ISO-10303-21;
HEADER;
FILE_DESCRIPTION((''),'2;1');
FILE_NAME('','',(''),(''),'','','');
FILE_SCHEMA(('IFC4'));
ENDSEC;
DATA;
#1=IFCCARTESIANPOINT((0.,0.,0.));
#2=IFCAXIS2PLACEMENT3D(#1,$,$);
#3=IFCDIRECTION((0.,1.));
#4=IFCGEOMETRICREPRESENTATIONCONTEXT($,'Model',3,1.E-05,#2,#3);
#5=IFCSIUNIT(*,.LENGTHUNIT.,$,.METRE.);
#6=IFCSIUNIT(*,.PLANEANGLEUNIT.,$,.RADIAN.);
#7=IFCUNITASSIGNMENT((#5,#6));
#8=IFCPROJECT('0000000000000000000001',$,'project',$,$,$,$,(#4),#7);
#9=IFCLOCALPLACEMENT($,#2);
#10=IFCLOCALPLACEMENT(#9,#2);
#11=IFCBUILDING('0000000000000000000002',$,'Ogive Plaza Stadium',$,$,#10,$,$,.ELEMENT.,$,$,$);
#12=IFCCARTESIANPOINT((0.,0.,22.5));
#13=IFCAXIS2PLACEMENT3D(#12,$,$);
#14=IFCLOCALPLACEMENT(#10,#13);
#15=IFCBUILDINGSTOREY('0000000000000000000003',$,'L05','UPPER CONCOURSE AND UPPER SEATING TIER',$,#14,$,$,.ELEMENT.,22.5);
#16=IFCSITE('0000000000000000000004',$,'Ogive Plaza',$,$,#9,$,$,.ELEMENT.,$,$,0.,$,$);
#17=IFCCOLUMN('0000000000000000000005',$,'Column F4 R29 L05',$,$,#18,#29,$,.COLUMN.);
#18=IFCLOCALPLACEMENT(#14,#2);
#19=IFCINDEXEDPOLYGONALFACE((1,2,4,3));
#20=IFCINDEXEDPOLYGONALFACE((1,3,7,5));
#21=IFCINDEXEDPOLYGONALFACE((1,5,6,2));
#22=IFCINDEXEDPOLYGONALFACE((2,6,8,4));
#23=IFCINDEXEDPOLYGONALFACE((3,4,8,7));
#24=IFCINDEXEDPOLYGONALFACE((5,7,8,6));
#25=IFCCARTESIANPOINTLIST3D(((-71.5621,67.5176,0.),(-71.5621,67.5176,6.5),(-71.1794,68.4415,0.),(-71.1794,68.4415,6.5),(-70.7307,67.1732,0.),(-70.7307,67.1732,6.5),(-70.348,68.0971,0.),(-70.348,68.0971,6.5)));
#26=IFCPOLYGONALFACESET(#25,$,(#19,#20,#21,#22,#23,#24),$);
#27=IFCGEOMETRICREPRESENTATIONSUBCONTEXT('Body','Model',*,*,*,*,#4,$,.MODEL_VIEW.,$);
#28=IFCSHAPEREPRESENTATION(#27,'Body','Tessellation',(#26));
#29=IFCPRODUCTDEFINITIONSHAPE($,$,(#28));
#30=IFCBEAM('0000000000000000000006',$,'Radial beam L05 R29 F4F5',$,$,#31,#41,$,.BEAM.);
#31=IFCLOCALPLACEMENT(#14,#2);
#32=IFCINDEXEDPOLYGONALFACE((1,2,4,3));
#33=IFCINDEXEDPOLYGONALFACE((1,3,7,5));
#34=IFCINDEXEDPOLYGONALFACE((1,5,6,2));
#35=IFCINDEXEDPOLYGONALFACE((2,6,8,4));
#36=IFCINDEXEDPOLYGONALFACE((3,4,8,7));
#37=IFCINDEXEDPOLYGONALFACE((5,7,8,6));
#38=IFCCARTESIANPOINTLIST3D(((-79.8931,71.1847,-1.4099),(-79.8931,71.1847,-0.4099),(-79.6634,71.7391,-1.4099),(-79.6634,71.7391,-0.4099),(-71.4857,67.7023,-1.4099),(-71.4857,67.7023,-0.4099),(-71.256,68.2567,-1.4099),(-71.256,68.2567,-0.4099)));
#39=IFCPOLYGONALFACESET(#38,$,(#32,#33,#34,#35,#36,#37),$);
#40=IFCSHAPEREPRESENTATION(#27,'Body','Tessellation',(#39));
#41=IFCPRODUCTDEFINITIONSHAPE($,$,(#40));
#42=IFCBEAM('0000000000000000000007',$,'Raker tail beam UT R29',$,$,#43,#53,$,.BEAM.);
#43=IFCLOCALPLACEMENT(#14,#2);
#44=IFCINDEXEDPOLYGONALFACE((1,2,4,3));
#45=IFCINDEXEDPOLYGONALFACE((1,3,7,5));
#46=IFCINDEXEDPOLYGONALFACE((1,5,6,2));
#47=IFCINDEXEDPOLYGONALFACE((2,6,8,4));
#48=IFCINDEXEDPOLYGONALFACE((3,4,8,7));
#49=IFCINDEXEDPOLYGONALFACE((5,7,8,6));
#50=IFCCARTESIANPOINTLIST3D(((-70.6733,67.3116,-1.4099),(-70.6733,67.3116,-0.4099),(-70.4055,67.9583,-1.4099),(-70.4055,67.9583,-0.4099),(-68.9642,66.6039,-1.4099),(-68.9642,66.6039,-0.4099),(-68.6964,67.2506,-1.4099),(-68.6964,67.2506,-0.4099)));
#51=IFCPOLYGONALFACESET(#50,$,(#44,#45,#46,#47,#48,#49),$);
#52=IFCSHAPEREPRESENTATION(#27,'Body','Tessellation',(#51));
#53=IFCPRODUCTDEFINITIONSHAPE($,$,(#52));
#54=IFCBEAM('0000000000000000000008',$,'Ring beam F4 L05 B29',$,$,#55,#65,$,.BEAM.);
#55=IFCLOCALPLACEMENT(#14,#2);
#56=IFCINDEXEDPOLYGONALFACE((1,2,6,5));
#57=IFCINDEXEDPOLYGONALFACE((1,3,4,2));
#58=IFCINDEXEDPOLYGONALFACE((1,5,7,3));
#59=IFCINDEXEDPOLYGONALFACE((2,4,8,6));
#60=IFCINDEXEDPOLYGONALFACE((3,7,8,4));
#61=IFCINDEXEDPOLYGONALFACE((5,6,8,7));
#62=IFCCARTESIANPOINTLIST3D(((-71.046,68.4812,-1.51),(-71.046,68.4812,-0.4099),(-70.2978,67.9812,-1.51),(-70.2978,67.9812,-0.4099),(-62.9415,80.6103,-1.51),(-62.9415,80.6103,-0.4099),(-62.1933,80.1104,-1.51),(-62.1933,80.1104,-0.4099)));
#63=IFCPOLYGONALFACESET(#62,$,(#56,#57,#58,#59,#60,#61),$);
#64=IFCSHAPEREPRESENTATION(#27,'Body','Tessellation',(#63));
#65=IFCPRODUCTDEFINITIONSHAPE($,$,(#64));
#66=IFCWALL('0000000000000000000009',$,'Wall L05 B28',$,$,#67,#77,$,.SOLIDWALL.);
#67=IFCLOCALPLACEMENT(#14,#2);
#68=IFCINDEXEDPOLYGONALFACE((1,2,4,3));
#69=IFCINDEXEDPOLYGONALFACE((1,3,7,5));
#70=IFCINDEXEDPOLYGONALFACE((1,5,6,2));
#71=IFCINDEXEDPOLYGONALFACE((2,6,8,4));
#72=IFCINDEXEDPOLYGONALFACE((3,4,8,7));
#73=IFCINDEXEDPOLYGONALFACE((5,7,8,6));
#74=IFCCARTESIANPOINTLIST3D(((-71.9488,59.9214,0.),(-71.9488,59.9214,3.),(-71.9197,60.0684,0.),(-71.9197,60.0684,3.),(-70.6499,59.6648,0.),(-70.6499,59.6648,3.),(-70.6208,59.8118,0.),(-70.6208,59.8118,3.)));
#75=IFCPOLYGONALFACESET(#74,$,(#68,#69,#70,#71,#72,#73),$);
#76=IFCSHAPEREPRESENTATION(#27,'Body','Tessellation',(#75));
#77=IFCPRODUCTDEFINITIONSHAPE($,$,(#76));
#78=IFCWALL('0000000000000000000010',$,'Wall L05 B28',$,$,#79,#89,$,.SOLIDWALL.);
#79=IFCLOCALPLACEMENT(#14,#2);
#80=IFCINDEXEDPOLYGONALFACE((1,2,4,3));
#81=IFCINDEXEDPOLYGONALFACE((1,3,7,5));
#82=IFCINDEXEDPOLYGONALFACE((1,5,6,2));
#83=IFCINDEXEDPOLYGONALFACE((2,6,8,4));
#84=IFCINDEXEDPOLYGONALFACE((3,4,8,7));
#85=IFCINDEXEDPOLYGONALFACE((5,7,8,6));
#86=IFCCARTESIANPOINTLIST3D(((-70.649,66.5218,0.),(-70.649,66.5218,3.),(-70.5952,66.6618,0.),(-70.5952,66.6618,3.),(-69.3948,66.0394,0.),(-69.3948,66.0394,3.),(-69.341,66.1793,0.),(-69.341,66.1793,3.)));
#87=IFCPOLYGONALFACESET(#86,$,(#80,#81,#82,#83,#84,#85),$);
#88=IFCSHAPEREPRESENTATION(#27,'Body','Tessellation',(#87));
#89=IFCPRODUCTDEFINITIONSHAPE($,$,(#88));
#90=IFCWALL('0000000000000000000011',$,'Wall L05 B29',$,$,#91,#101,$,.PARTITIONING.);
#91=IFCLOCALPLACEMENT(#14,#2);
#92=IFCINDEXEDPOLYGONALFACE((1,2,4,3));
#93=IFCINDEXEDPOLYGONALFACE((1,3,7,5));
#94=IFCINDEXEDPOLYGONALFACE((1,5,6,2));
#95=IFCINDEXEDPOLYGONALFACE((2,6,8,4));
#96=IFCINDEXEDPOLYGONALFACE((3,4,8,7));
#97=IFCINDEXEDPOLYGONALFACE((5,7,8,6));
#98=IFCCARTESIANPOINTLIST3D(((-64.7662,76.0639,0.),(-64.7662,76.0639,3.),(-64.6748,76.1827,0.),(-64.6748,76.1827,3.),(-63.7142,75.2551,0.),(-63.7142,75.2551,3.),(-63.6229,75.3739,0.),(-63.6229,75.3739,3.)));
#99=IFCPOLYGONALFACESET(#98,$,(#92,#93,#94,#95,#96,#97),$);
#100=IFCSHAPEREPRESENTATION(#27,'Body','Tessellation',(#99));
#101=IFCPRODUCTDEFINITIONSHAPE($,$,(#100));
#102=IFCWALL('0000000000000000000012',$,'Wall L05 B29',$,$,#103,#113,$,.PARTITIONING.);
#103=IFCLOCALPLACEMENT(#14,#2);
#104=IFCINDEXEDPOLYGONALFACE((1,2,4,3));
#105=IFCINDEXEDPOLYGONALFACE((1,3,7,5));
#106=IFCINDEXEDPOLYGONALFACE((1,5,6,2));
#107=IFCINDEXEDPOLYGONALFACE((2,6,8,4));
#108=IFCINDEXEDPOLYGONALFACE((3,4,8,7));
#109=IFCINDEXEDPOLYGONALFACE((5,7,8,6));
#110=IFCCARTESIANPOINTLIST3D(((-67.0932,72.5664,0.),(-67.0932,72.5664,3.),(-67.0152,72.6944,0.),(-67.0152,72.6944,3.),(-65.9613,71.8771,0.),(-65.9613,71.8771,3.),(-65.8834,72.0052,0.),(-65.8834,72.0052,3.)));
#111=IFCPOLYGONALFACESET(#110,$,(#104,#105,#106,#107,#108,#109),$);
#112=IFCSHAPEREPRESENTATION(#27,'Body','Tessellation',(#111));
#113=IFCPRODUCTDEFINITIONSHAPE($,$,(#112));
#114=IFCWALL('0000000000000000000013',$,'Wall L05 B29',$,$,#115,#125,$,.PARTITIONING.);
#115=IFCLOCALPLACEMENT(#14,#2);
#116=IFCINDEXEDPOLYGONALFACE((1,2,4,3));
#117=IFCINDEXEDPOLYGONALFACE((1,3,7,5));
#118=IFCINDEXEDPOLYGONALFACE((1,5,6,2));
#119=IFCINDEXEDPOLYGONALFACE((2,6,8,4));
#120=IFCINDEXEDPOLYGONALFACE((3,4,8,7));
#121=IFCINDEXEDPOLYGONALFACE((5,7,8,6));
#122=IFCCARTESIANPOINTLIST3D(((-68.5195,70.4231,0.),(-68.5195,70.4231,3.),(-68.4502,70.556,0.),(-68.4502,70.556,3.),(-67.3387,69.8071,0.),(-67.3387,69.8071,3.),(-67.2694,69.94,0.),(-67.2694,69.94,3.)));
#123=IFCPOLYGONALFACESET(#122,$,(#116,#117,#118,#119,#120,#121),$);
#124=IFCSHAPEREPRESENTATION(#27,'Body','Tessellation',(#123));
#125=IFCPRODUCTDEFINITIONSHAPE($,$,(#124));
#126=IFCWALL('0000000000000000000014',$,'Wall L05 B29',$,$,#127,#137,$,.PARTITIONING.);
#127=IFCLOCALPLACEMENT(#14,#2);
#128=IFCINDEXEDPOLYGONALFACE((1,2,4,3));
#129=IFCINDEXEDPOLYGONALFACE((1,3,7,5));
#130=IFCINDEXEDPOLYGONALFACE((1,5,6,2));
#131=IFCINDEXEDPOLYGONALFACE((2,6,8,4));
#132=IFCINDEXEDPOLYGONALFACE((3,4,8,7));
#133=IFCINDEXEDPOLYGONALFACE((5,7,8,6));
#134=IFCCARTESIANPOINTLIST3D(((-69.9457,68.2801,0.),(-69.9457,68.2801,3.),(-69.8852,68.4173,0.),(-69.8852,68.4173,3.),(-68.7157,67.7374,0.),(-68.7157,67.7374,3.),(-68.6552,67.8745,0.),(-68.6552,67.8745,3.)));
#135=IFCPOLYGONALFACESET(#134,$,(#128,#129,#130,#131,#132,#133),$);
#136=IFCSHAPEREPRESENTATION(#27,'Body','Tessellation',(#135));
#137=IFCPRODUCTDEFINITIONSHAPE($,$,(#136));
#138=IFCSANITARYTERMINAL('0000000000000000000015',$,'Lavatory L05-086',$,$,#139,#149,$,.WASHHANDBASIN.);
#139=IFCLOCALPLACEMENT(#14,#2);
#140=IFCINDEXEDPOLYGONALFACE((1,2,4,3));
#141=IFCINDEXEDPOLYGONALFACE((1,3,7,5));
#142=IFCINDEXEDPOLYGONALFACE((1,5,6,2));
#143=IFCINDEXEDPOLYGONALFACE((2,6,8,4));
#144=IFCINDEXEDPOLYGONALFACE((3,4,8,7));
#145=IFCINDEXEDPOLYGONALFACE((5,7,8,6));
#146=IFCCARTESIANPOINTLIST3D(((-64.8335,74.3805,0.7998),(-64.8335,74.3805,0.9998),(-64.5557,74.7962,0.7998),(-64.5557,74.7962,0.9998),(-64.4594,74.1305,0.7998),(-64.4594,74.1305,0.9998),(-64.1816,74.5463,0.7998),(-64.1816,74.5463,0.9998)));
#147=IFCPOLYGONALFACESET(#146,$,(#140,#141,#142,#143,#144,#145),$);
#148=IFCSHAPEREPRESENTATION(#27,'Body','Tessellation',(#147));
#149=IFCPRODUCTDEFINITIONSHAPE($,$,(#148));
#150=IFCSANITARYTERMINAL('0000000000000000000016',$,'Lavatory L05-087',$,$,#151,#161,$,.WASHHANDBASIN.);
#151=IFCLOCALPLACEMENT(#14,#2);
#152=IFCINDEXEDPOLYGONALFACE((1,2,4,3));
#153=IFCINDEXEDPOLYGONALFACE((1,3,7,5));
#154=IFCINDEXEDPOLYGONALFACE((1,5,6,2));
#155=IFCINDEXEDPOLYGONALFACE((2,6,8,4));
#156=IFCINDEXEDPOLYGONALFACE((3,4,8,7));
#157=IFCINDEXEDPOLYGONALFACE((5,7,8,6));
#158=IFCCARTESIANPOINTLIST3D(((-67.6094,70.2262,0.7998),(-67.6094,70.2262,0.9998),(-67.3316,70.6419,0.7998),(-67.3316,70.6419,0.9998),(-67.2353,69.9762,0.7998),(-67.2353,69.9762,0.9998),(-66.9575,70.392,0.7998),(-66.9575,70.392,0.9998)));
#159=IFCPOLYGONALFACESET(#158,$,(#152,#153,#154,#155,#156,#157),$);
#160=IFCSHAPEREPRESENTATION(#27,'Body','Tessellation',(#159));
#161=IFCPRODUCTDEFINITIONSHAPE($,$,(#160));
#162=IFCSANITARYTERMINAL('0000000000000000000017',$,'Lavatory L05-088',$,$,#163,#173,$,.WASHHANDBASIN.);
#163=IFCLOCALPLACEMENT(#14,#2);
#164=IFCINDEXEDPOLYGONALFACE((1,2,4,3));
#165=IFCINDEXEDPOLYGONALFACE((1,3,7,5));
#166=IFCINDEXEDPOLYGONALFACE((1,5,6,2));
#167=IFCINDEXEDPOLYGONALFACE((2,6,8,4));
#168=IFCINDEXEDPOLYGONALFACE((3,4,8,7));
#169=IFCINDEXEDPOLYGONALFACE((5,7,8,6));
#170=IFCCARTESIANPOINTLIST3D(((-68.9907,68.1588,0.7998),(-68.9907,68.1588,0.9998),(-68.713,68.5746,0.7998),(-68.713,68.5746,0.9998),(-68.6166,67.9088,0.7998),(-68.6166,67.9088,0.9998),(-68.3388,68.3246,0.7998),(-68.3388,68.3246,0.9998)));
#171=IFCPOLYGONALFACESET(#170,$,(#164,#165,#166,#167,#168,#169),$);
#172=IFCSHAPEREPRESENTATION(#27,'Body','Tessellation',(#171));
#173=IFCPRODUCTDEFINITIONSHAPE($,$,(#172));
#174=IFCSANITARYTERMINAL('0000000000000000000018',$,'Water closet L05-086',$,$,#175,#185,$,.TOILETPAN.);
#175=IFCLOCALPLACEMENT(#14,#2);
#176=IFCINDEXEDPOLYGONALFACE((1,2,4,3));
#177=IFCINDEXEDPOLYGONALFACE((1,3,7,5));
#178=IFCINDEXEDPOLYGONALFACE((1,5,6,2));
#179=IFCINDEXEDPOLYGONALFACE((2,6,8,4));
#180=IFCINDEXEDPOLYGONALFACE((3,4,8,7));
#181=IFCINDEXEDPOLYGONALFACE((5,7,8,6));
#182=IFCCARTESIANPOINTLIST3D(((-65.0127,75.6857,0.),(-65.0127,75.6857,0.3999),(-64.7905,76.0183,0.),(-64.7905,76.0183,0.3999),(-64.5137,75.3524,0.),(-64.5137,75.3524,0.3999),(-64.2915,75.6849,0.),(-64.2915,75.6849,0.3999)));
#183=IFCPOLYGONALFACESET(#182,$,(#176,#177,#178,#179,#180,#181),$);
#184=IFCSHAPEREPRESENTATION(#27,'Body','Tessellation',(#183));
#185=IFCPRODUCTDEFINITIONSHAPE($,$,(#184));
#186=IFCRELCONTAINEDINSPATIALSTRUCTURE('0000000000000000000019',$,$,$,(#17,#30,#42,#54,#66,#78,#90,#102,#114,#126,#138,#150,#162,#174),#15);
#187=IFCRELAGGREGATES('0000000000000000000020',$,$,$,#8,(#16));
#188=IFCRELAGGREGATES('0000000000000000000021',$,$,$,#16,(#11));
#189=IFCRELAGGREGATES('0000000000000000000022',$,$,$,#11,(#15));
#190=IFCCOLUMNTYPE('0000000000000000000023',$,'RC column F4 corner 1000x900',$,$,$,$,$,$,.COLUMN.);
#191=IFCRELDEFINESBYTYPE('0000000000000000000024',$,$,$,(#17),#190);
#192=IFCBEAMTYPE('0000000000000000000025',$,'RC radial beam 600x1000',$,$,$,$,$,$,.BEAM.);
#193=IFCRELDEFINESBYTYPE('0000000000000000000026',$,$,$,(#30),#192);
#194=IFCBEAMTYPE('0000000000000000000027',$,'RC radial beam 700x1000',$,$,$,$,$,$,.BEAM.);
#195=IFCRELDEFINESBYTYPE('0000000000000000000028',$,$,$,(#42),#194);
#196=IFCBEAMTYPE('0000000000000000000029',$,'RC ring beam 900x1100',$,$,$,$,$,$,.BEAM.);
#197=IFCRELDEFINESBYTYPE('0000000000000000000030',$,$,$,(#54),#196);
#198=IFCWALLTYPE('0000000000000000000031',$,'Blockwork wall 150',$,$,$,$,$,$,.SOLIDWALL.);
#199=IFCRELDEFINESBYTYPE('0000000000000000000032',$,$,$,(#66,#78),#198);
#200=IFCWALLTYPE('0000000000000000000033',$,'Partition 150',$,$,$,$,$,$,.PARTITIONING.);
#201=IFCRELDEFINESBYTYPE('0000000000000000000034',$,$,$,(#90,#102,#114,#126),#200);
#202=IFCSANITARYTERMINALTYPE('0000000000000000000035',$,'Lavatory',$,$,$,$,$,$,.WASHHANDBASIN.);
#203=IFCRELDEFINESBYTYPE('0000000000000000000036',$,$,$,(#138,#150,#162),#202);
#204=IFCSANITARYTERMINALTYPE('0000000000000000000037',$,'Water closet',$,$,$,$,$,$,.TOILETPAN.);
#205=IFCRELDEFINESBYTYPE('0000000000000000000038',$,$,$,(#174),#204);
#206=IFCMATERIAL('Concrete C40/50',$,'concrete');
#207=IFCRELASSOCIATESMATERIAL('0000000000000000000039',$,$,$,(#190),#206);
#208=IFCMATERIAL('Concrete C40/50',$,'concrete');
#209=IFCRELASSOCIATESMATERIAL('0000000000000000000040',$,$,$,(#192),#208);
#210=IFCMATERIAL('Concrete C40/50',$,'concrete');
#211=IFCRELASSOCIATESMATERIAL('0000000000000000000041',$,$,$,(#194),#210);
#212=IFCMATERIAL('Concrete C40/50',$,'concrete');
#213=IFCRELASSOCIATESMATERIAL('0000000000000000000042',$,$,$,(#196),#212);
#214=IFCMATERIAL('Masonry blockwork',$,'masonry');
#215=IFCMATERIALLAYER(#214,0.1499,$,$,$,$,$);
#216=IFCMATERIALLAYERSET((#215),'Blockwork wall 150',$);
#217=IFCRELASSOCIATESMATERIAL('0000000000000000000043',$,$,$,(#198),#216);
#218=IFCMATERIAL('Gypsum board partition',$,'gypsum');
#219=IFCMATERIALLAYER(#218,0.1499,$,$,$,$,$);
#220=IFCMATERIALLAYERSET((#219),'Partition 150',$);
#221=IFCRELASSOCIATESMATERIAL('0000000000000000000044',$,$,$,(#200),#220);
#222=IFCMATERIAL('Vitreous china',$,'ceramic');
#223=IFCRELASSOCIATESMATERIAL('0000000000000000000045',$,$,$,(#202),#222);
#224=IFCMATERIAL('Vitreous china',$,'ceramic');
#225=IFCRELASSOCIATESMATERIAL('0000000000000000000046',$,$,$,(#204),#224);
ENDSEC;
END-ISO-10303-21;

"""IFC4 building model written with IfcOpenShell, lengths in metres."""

from ifc_helpers import new_model, si_unit, direction, frame, frame_2d, origin, origin_2d, place, context, subcontext, project, spatial, rectangle, extrude, material, layer, layer_set, material_profile, profile_set, type_object, element, save


model = new_model("IFC4")

# Units and contexts
model_context = context("Model", 3, precision=1e-05, world=origin(), true_north=direction((0.0, 1.0)))
body_context = subcontext(model_context, "Body", "Model", "MODEL_VIEW")
ifc_project = project(units=[si_unit("LENGTHUNIT", "METRE"), si_unit("PLANEANGLEUNIT", "RADIAN")], contexts=[model_context])

# Site, building, storey
site_placement = place(None, origin())
site = spatial("IfcSite", under=ifc_project, at=site_placement, Name="Ogive Plaza", CompositionType="ELEMENT", RefElevation=0.0)
building_placement = place(site_placement, origin())
building = spatial("IfcBuilding", under=site, at=building_placement, Name="Ogive Plaza Stadium", CompositionType="ELEMENT")
storey_placement = place(building_placement, frame((0.0, 0.0, 22.5)))
storey = spatial("IfcBuildingStorey", under=building, at=storey_placement, Name="L05", Description="UPPER CONCOURSE AND UPPER SEATING TIER", CompositionType="ELEMENT", Elevation=22.5)

# Column
ifc_material_1 = material(Name="Concrete C40/50", Category="concrete")
ifc_material_profile_1 = material_profile(ifc_material_1, rectangle(XDim=1.0, YDim=0.8999, at=origin_2d()), Name="RC 1000x900")
ifc_profile_set_1 = profile_set([ifc_material_profile_1], Name="Concrete C40/50")
column_type = type_object("IfcColumnType", Name="RC column F4 corner 1000x900", PredefinedType="COLUMN", material=ifc_profile_set_1)
column_placement = place(storey_placement, frame((-70.9551, 67.8074, 0.0), z_axis=(0.0, 0.0, 1.0), x_axis=(-0.382683, -0.92388, 0.0)))
element("IfcColumn", 1, at=column_placement, inside=storey, type_object=column_type, Name="Column F4 R29 L05", PredefinedType="COLUMN", context=body_context, shape_type="SweptSolid", body=[
    extrude(rectangle(XDim=1.0, YDim=0.8999, at=origin_2d()), origin(), (0.0, 0.0, 1.0), 6.5),
])

# Beams
ifc_material_2 = material(Name="Concrete C40/50", Category="concrete")
ifc_material_profile_2 = material_profile(ifc_material_2, rectangle(XDim=0.6001, YDim=1.0, at=origin_2d()), Name="RC 600x1000")
ifc_profile_set_2 = profile_set([ifc_material_profile_2], Name="Concrete C40/50")
beam_type_1 = type_object("IfcBeamType", Name="RC radial beam 600x1000", PredefinedType="BEAM", material=ifc_profile_set_2)
beam_1_placement = place(storey_placement, frame((-71.3708, 67.9795, -0.9099), z_axis=(-0.923882, 0.382677, 0.0), x_axis=(-0.382677, -0.923882, 0.0)))
element("IfcBeam", 2, at=beam_1_placement, inside=storey, type_object=beam_type_1, Name="Radial beam L05 R29 F4F5", PredefinedType="BEAM", context=body_context, shape_type="SweptSolid", body=[
    extrude(rectangle(XDim=0.6001, YDim=1.0, at=origin_2d()), origin(), (0.0, 0.0, 1.0), 9.1001),
])
ifc_material_3 = material(Name="Concrete C40/50", Category="concrete")
ifc_material_profile_3 = material_profile(ifc_material_3, rectangle(XDim=0.7, YDim=1.0, at=origin_2d()), Name="RC 700x1000")
ifc_profile_set_3 = profile_set([ifc_material_profile_3], Name="Concrete C40/50")
beam_type_2 = type_object("IfcBeamType", Name="RC radial beam 700x1000", PredefinedType="BEAM", material=ifc_profile_set_3)
beam_2_placement = place(storey_placement, frame((-68.8303, 66.9272, -0.9099), z_axis=(-0.923922, 0.382581, 0.0), x_axis=(-0.382581, -0.923922, 0.0)))
element("IfcBeam", 3, at=beam_2_placement, inside=storey, type_object=beam_type_2, Name="Raker tail beam UT R29", PredefinedType="BEAM", context=body_context, shape_type="SweptSolid", body=[
    extrude(rectangle(XDim=0.7, YDim=1.0, at=origin_2d()), origin(), (0.0, 0.0, 1.0), 1.8499),
])
ifc_material_4 = material(Name="Concrete C40/50", Category="concrete")
ifc_material_profile_4 = material_profile(ifc_material_4, rectangle(XDim=0.8999, YDim=1.1001, at=origin_2d()), Name="RC 900x1100")
ifc_profile_set_4 = profile_set([ifc_material_profile_4], Name="Concrete C40/50")
beam_type_3 = type_object("IfcBeamType", Name="RC ring beam 900x1100", PredefinedType="BEAM", material=ifc_profile_set_4)
beam_3_placement = place(storey_placement, frame((-70.6719, 68.2312, -0.96), z_axis=(0.555573, 0.831468, 0.0), x_axis=(-0.831468, 0.555573, 0.0)))
element("IfcBeam", 4, at=beam_3_placement, inside=storey, type_object=beam_type_3, Name="Ring beam F4 L05 B29", PredefinedType="BEAM", context=body_context, shape_type="SweptSolid", body=[
    extrude(rectangle(XDim=0.8999, YDim=1.1001, at=origin_2d()), origin(), (0.0, 0.0, 1.0), 14.5876),
])

# Walls
ifc_material_5 = material(Name="Masonry blockwork", Category="masonry")
ifc_layer_1 = layer(ifc_material_5, 0.1499)
ifc_layer_set_1 = layer_set([ifc_layer_1], Name="Blockwork wall 150")
wall_type_1 = type_object("IfcWallType", Name="Blockwork wall 150", PredefinedType="SOLIDWALL", material=ifc_layer_set_1)
wall_1_placement = place(storey_placement, frame((-70.6353, 59.7383, 0.0), z_axis=(0.0, 0.0, 1.0), x_axis=(-0.981039, 0.193811, 0.0)))
element("IfcWall", 5, at=wall_1_placement, inside=storey, type_object=wall_type_1, Name="Wall L05 B28", PredefinedType="SOLIDWALL", context=body_context, shape_type="SweptSolid", body=[
    extrude(rectangle(XDim=1.324, YDim=0.1499, at=frame_2d((0.6621, 0.0))), origin(), (0.0, 0.0, 1.0), 3.0),
])
wall_2_placement = place(storey_placement, frame((-69.3679, 66.1094, 0.0), z_axis=(0.0, 0.0, 1.0), x_axis=(-0.933332, 0.359016, 0.0)))
element("IfcWall", 6, at=wall_2_placement, inside=storey, type_object=wall_type_1, Name="Wall L05 B28", PredefinedType="SOLIDWALL", context=body_context, shape_type="SweptSolid", body=[
    extrude(rectangle(XDim=1.3438, YDim=0.1499, at=frame_2d((0.6719, 0.0))), origin(), (0.0, 0.0, 1.0), 3.0),
])
ifc_material_6 = material(Name="Gypsum board partition", Category="gypsum")
ifc_layer_2 = layer(ifc_material_6, 0.1499)
ifc_layer_set_2 = layer_set([ifc_layer_2], Name="Partition 150")
wall_type_2 = type_object("IfcWallType", Name="Partition 150", PredefinedType="PARTITIONING", material=ifc_layer_set_2)
wall_3_placement = place(storey_placement, frame((-63.6685, 75.3145, 0.0), z_axis=(0.0, 0.0, 1.0), x_axis=(-0.792768, 0.609524, 0.0)))
element("IfcWall", 7, at=wall_3_placement, inside=storey, type_object=wall_type_2, Name="Wall L05 B29", PredefinedType="PARTITIONING", context=body_context, shape_type="SweptSolid", body=[
    extrude(rectangle(XDim=1.3269, YDim=0.1499, at=frame_2d((0.6636, 0.0))), origin(), (0.0, 0.0, 1.0), 3.0),
])
wall_4_placement = place(storey_placement, frame((-65.9224, 71.9412, 0.0), z_axis=(0.0, 0.0, 1.0), x_axis=(-0.85411, 0.520093, 0.0)))
element("IfcWall", 8, at=wall_4_placement, inside=storey, type_object=wall_type_2, Name="Wall L05 B29", PredefinedType="PARTITIONING", context=body_context, shape_type="SweptSolid", body=[
    extrude(rectangle(XDim=1.3252, YDim=0.1499, at=frame_2d((0.6626, 0.0))), origin(), (0.0, 0.0, 1.0), 3.0),
])
wall_5_placement = place(storey_placement, frame((-67.304, 69.8735, 0.0), z_axis=(0.0, 0.0, 1.0), x_axis=(-0.886634, 0.462472, 0.0)))
element("IfcWall", 9, at=wall_5_placement, inside=storey, type_object=wall_type_2, Name="Wall L05 B29", PredefinedType="PARTITIONING", context=body_context, shape_type="SweptSolid", body=[
    extrude(rectangle(XDim=1.3318, YDim=0.1499, at=frame_2d((0.666, 0.0))), origin(), (0.0, 0.0, 1.0), 3.0),
])
wall_6_placement = place(storey_placement, frame((-68.6853, 67.8059, 0.0), z_axis=(0.0, 0.0, 1.0), x_axis=(-0.914894, 0.403694, 0.0)))
element("IfcWall", 10, at=wall_6_placement, inside=storey, type_object=wall_type_2, Name="Wall L05 B29", PredefinedType="PARTITIONING", context=body_context, shape_type="SweptSolid", body=[
    extrude(rectangle(XDim=1.3445, YDim=0.1499, at=frame_2d((0.6724, 0.0))), origin(), (0.0, 0.0, 1.0), 3.0),
])

# Sanitary terminals
ifc_material_7 = material(Name="Vitreous china", Category="ceramic")
sanitary_terminal_type_1 = type_object("IfcSanitaryTerminalType", Name="Lavatory", PredefinedType="WASHHANDBASIN", material=ifc_material_7)
for number, where, z_axis, x_axis, name in (
    (11, (-64.5076, 74.4634, 0.7998), (0.0, 0.0, 1.0), (-0.55557, -0.83147, 0.0), "Lavatory L05-086"),
    (12, (-67.2834, 70.3091, 0.7998), (0.0, 0.0, 1.0), (0.55557, 0.83147, 0.0), "Lavatory L05-087"),
    (13, (-68.6648, 68.2417, 0.7998), (0.0, 0.0, 1.0), (0.55557, 0.83147, 0.0), "Lavatory L05-088"),
):
    element("IfcSanitaryTerminal", number, at=place(storey_placement, frame(where, z_axis=z_axis, x_axis=x_axis)), inside=storey, type_object=sanitary_terminal_type_1, Name=name, PredefinedType="WASHHANDBASIN", context=body_context, shape_type="SweptSolid", body=[
        extrude(rectangle(XDim=0.5, YDim=0.45, at=origin_2d()), origin(), (0.0, 0.0, 1.0), 0.2),
    ])
ifc_material_8 = material(Name="Vitreous china", Category="ceramic")
sanitary_terminal_type_2 = type_object("IfcSanitaryTerminalType", Name="Water closet", PredefinedType="TOILETPAN", material=ifc_material_8)
for number, where, z_axis, x_axis, name in (
    (14, (-64.6521, 75.6853, 0.0), (0.0, 0.0, 1.0), (-0.55557, -0.83147, 0.0), "Water closet L05-086"),
):
    element("IfcSanitaryTerminal", number, at=place(storey_placement, frame(where, z_axis=z_axis, x_axis=x_axis)), inside=storey, type_object=sanitary_terminal_type_2, Name=name, PredefinedType="TOILETPAN", context=body_context, shape_type="SweptSolid", body=[
        extrude(rectangle(XDim=0.3999, YDim=0.6001, at=origin_2d()), origin(), (0.0, 0.0, 1.0), 0.3999),
    ])

save(model, "model.ifc")
